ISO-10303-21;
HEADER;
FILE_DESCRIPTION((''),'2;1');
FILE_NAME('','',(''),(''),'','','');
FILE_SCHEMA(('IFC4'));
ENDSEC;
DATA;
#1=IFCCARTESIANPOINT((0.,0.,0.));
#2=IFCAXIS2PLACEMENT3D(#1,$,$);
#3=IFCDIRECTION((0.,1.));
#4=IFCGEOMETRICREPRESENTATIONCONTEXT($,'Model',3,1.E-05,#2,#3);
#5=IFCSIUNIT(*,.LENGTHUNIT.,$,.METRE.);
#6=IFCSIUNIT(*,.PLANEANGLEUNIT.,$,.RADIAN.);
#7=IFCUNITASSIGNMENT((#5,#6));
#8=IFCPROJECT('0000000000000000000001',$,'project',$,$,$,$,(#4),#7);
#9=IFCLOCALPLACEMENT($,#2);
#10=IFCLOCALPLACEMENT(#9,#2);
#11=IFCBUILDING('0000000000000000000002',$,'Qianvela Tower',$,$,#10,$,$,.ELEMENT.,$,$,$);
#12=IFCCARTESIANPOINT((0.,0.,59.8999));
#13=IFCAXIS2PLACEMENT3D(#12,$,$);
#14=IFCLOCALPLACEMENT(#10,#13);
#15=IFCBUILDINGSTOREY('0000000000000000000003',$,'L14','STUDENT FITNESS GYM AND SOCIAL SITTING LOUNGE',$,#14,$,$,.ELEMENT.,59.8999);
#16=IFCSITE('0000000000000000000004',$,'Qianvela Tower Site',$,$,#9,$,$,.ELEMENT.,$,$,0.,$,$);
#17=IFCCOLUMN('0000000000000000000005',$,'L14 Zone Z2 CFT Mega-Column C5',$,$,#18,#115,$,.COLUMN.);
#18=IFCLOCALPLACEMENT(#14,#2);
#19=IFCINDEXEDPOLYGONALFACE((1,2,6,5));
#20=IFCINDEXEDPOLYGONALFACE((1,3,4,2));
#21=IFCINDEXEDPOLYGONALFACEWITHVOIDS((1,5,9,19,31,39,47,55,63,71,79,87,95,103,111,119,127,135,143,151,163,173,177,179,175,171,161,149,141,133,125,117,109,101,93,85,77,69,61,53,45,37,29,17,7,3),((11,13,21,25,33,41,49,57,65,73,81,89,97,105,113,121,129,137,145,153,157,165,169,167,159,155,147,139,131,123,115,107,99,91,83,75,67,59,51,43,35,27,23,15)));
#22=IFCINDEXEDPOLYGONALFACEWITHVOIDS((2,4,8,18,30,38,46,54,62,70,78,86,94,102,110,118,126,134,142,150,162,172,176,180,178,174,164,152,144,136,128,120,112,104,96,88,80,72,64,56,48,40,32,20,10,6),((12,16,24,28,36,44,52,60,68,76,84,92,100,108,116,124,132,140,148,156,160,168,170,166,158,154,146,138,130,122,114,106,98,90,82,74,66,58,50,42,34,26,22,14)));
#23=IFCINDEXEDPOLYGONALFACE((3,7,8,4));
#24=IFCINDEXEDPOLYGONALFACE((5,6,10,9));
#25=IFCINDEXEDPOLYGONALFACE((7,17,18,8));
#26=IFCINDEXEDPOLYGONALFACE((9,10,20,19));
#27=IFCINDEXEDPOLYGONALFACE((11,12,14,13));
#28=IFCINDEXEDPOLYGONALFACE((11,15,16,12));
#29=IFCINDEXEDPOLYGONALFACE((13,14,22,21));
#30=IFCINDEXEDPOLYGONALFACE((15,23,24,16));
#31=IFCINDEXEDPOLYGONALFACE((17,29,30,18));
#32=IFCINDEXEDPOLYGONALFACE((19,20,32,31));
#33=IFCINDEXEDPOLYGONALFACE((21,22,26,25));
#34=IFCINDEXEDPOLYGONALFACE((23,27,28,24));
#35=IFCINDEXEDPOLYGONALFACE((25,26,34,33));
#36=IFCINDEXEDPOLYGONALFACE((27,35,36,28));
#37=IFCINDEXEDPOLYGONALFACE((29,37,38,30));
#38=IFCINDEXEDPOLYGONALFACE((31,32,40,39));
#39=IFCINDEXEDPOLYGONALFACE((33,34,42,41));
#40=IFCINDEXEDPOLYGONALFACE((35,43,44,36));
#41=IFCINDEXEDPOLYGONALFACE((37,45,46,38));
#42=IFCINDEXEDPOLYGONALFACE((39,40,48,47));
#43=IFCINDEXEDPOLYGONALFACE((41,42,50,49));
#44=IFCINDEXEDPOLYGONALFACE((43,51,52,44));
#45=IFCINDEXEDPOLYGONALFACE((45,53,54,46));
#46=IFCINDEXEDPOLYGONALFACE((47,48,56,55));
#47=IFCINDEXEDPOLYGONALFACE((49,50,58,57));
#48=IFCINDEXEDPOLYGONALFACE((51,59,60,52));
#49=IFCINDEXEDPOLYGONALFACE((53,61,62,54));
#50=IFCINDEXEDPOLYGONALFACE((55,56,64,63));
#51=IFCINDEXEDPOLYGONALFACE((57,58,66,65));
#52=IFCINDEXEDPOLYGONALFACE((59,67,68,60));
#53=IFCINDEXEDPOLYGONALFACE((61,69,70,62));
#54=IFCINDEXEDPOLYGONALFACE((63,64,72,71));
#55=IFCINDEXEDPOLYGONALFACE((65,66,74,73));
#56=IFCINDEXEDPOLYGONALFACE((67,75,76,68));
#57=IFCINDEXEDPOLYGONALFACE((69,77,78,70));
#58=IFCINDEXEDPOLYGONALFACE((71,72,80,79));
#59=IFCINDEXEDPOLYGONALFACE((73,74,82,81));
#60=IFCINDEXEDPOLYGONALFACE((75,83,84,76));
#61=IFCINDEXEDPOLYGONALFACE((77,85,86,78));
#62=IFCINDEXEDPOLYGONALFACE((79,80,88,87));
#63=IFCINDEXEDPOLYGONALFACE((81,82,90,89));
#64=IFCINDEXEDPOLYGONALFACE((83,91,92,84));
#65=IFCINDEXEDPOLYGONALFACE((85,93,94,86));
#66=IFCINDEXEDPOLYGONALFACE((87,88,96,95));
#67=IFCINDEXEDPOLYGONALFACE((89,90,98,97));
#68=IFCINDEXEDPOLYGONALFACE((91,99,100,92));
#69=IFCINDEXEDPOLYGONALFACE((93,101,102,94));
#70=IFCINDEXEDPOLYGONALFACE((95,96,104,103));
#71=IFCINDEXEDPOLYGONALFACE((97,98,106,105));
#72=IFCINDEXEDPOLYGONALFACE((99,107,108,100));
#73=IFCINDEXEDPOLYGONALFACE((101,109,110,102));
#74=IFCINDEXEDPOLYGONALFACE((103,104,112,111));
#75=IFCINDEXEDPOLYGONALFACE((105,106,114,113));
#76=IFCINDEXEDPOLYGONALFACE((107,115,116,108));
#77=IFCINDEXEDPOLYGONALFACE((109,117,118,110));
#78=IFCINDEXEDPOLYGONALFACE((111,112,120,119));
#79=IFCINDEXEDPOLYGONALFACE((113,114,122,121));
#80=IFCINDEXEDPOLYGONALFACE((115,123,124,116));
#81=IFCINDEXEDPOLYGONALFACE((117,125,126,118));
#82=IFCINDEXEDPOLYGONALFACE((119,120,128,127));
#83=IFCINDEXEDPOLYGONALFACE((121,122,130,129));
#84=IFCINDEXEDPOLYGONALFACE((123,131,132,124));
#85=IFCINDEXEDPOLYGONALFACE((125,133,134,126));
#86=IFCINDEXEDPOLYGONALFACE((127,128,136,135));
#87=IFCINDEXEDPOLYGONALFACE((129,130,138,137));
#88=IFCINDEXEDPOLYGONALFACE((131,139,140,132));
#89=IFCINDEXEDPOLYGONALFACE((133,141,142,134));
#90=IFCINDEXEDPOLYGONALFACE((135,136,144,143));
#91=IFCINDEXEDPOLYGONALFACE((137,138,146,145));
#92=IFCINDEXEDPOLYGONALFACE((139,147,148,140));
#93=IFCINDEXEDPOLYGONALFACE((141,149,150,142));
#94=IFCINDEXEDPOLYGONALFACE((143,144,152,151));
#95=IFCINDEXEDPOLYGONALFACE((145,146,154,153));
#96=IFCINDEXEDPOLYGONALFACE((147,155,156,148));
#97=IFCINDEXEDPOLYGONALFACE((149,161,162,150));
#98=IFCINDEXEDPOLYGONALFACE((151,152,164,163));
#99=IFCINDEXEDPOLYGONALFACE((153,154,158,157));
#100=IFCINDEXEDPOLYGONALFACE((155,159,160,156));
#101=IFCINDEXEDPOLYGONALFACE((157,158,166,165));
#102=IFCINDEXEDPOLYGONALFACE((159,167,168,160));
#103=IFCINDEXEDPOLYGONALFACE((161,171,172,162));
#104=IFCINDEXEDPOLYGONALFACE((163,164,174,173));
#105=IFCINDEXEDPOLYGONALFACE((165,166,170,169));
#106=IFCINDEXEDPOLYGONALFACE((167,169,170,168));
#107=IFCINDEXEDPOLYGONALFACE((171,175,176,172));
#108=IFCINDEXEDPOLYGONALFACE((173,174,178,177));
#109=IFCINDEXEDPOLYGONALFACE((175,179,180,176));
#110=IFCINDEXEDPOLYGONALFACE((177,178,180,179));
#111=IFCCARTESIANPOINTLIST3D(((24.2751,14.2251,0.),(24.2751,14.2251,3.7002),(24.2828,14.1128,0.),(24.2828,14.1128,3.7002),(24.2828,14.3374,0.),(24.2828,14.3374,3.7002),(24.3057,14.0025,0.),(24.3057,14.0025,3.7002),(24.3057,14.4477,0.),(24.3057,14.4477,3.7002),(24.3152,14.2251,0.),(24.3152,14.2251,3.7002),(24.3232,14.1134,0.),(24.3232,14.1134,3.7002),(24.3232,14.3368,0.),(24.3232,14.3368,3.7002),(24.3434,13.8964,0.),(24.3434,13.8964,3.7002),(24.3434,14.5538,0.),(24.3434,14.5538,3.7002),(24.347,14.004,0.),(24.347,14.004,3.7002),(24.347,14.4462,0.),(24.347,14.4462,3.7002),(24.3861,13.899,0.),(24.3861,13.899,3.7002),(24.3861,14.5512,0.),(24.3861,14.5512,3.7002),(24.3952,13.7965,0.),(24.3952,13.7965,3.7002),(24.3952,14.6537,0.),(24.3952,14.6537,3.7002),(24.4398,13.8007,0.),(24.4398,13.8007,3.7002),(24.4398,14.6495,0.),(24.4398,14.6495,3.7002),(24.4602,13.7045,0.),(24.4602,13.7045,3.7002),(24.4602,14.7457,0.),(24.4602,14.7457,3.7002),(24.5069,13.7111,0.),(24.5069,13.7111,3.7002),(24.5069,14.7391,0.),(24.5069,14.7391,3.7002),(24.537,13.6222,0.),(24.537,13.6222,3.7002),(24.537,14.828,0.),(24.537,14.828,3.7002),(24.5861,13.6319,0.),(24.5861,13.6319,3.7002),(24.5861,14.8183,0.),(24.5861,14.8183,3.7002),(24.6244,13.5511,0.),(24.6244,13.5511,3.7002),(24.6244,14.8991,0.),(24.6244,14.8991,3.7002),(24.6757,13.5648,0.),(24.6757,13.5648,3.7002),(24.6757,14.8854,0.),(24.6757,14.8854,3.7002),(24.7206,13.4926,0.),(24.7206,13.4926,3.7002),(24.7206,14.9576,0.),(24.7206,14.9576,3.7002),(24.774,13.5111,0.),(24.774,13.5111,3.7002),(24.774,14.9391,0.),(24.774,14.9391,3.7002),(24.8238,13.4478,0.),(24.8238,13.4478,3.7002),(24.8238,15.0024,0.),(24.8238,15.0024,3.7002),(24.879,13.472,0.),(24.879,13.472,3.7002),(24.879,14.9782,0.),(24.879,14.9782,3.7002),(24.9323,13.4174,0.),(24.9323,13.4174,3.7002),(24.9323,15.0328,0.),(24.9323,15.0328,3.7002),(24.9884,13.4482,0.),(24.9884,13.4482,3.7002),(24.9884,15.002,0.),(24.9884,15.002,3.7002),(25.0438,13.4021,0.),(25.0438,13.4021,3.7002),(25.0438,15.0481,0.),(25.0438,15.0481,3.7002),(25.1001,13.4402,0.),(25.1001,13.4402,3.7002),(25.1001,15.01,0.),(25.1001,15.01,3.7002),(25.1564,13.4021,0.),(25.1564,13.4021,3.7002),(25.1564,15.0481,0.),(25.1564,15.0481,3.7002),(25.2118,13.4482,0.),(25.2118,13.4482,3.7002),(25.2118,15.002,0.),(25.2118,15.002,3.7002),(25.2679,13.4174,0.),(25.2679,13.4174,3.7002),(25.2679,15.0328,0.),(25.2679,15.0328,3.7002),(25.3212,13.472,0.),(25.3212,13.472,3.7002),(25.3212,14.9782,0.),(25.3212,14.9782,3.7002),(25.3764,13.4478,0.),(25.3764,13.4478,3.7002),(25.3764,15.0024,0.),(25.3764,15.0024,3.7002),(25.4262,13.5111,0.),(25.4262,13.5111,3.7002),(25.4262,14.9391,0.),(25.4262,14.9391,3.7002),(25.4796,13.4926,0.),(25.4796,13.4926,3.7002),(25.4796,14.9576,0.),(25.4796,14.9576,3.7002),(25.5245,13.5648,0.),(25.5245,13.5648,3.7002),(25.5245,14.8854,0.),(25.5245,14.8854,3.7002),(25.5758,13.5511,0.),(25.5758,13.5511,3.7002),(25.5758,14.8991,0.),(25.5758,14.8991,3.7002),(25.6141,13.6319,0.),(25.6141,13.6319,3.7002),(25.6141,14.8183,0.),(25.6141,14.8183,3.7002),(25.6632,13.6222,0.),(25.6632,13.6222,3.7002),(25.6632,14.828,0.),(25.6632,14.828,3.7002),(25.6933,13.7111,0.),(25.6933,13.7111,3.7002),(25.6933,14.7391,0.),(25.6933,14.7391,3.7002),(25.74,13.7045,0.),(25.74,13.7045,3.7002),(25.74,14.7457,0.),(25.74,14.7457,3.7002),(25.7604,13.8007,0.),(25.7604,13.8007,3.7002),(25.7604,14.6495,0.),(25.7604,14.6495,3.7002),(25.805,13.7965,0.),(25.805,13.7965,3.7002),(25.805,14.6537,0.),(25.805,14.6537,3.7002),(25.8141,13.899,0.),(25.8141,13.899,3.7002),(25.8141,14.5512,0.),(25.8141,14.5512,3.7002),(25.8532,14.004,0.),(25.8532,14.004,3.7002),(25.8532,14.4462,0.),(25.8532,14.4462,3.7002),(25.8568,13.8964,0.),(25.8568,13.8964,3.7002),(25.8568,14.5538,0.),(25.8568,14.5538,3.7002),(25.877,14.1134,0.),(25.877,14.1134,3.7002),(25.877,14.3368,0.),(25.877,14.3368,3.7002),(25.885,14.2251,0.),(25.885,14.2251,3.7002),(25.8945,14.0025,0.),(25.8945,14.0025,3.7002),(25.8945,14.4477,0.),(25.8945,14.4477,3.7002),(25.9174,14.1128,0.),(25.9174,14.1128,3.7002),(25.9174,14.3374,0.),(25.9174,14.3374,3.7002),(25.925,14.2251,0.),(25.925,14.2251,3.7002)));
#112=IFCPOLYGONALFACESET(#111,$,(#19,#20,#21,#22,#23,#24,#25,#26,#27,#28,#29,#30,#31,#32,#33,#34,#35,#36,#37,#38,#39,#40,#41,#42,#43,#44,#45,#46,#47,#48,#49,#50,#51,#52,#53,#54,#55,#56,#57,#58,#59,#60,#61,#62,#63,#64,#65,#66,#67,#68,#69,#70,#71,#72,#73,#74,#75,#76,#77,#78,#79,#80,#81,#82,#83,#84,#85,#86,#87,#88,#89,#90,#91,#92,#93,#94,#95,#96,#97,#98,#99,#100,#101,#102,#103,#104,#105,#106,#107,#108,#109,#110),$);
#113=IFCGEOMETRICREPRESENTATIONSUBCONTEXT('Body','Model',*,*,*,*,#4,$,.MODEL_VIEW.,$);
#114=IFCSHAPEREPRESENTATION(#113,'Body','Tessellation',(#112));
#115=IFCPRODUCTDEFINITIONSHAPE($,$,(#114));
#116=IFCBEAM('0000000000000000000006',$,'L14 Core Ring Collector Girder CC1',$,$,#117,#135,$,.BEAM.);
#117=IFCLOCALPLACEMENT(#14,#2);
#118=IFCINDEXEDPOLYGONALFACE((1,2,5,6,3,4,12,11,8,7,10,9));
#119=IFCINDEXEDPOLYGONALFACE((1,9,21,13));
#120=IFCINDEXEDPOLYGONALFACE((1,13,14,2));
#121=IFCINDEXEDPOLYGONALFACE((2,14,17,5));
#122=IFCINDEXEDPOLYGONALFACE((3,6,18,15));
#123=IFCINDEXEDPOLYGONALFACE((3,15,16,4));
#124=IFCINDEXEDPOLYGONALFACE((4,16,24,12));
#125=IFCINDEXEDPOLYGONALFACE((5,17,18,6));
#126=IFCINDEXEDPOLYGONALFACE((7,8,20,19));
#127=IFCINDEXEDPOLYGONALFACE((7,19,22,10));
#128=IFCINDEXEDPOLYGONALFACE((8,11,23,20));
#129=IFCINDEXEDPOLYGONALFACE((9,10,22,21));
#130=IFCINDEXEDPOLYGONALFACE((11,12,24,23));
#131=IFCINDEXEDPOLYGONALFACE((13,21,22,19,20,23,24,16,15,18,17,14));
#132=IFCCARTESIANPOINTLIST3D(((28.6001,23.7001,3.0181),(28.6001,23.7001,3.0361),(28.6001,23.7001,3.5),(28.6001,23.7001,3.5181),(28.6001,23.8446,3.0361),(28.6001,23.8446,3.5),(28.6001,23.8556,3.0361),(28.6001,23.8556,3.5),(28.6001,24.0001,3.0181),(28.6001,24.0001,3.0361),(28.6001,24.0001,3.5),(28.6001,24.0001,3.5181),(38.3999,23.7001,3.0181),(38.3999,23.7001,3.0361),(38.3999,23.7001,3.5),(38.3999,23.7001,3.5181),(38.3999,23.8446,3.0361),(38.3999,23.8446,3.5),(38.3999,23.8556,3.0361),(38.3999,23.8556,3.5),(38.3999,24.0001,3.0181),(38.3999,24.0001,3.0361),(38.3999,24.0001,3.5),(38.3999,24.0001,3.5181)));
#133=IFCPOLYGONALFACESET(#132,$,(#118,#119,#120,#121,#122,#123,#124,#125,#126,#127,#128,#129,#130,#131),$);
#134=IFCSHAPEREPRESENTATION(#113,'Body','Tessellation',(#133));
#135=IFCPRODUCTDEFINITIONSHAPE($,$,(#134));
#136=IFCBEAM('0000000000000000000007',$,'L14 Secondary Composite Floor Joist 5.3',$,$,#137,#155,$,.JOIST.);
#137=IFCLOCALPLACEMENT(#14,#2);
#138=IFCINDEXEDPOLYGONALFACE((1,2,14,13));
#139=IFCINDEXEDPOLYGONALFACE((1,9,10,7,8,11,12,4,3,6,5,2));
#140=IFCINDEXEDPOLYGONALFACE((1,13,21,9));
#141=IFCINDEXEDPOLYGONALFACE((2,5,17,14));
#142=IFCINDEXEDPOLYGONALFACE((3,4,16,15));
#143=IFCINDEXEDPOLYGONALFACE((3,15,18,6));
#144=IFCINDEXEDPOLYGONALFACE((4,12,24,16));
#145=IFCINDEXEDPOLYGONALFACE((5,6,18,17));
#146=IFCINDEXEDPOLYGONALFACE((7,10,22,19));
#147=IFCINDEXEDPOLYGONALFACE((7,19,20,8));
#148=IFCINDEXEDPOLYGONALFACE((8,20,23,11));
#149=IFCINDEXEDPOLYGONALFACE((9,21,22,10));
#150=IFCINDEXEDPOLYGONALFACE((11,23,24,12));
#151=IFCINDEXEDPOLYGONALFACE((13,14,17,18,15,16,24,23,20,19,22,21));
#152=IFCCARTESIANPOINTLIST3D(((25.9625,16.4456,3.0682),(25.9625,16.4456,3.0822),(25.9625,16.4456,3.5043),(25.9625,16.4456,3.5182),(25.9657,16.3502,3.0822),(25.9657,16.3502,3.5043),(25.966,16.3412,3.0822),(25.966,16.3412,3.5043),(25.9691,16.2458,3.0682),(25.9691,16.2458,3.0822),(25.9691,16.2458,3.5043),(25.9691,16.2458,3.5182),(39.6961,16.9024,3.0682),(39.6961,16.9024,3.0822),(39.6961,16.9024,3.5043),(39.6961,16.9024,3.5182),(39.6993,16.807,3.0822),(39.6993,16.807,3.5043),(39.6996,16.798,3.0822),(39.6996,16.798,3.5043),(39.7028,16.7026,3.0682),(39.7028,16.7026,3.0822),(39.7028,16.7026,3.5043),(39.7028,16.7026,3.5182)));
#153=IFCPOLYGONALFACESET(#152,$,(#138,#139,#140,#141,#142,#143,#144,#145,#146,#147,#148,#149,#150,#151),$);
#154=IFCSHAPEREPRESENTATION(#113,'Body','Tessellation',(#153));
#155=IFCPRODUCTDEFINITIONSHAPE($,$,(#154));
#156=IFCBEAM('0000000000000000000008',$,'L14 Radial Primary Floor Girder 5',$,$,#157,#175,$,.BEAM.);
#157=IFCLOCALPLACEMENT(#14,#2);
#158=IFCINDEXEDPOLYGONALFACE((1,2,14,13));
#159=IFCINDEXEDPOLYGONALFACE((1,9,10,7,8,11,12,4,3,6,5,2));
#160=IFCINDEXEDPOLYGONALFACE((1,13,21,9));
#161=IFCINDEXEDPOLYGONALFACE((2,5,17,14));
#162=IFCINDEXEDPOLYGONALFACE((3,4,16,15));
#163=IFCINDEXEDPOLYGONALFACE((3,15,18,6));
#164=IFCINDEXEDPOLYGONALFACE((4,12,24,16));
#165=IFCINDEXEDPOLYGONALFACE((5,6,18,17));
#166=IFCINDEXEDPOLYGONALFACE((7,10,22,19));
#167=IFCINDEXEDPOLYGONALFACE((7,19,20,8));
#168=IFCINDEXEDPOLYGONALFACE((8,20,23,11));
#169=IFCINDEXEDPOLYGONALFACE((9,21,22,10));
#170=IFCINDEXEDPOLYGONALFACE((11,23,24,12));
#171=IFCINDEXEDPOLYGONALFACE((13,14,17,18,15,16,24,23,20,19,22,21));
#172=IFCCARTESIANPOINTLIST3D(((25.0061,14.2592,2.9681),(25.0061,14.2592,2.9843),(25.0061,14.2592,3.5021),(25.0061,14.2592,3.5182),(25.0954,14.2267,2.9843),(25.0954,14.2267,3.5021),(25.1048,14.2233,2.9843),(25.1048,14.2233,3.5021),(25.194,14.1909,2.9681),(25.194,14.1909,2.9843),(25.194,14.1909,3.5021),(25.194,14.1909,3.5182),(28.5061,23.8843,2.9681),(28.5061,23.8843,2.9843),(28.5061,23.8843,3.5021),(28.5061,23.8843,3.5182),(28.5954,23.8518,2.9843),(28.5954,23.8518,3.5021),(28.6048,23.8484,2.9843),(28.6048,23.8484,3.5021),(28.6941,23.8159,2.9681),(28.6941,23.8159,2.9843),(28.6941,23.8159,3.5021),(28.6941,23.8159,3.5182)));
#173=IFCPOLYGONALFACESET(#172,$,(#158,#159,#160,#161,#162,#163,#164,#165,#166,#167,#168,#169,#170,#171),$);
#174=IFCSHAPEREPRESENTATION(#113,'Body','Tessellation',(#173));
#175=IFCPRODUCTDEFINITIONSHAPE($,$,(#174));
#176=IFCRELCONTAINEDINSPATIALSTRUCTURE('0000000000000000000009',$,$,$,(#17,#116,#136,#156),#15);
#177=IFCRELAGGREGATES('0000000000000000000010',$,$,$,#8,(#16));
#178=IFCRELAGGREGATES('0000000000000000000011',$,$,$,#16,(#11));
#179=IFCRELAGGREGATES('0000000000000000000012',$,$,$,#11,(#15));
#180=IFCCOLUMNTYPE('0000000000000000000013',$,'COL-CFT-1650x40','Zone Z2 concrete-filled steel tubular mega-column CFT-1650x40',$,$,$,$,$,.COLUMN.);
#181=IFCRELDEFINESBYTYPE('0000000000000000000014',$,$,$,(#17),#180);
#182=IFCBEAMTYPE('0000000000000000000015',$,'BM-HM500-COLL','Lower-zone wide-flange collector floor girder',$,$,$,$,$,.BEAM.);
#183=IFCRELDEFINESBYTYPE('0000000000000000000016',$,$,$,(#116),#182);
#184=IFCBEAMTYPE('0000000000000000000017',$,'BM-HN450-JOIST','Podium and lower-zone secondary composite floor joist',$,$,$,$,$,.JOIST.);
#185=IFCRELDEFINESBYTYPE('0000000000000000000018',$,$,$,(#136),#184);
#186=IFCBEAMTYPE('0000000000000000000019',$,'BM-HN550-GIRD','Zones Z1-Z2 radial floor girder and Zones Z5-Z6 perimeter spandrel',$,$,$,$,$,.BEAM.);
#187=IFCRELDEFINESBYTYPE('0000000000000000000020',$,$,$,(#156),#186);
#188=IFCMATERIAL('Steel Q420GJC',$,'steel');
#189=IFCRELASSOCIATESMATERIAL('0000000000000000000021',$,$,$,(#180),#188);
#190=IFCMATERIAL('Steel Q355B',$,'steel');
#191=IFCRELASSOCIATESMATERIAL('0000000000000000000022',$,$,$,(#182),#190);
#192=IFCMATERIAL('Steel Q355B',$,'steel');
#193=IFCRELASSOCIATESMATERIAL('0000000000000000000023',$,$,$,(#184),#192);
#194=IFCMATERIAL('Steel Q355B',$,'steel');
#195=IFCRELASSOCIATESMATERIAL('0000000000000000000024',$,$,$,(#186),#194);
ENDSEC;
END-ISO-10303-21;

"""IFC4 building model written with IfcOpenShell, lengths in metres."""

from ifc_helpers import new_model, si_unit, direction, frame, origin, origin_2d, place, context, subcontext, project, spatial, hollow_circle, i_section, extrude, material, material_profile, profile_set, type_object, element, save


model = new_model("IFC4")

# Units and contexts
model_context = context("Model", 3, precision=1e-05, world=origin(), true_north=direction((0.0, 1.0)))
body_context = subcontext(model_context, "Body", "Model", "MODEL_VIEW")
ifc_project = project(units=[si_unit("LENGTHUNIT", "METRE"), si_unit("PLANEANGLEUNIT", "RADIAN")], contexts=[model_context])

# Site, building, storey
site_placement = place(None, origin())
site = spatial("IfcSite", under=ifc_project, at=site_placement, Name="Qianvela Tower Site", CompositionType="ELEMENT", RefElevation=0.0)
building_placement = place(site_placement, origin())
building = spatial("IfcBuilding", under=site, at=building_placement, Name="Qianvela Tower", CompositionType="ELEMENT")
storey_placement = place(building_placement, frame((0.0, 0.0, 59.8999)))
storey = spatial("IfcBuildingStorey", under=building, at=storey_placement, Name="L14", Description="STUDENT FITNESS GYM AND SOCIAL SITTING LOUNGE", CompositionType="ELEMENT", Elevation=59.8999)

# Column
ifc_material_1 = material(Name="Steel Q420GJC", Category="steel")
ifc_material_profile_1 = material_profile(ifc_material_1, hollow_circle(Radius=0.825, WallThickness=0.04, at=origin_2d()), Name="CFT-1650x40")
ifc_profile_set_1 = profile_set([ifc_material_profile_1], Name="Steel Q420GJC")
column_type = type_object("IfcColumnType", Name="COL-CFT-1650x40", Description="Zone Z2 concrete-filled steel tubular mega-column CFT-1650x40", PredefinedType="COLUMN", material=ifc_profile_set_1)
for number, where, z_axis, x_axis, name in (
    (1, (25.1001, 14.2251, 0.0), (0.0, 0.0, 1.0), (1.0, 0.0, 0.0), "L14 Zone Z2 CFT Mega-Column C5"),
):
    element("IfcColumn", number, at=place(storey_placement, frame(where, z_axis=z_axis, x_axis=x_axis)), inside=storey, type_object=column_type, Name=name, PredefinedType="COLUMN", context=body_context, shape_type="SweptSolid", body=[
        extrude(hollow_circle(Radius=0.825, WallThickness=0.04, at=origin_2d()), origin(), (0.0, 0.0, 1.0), 3.7002),
    ])

# Beams
ifc_material_2 = material(Name="Steel Q355B", Category="steel")
ifc_material_profile_2 = material_profile(ifc_material_2, i_section(OverallWidth=0.3, OverallDepth=0.5, WebThickness=0.011, FlangeThickness=0.0181, at=origin_2d()), Name="HM500x300x11x18")
ifc_profile_set_2 = profile_set([ifc_material_profile_2], Name="Steel Q355B")
beam_type_1 = type_object("IfcBeamType", Name="BM-HM500-COLL", Description="Lower-zone wide-flange collector floor girder", PredefinedType="BEAM", material=ifc_profile_set_2)
beam_1_placement = place(storey_placement, frame((28.6001, 23.8501, 3.2681), z_axis=(1.0, 0.0, 0.0), x_axis=(0.0, 1.0, 0.0)))
element("IfcBeam", 2, at=beam_1_placement, inside=storey, type_object=beam_type_1, Name="L14 Core Ring Collector Girder CC1", PredefinedType="BEAM", context=body_context, shape_type="SweptSolid", body=[
    extrude(i_section(OverallWidth=0.3, OverallDepth=0.5, WebThickness=0.011, FlangeThickness=0.0181, at=origin_2d()), origin(), (0.0, 0.0, 1.0), 9.7998),
])
ifc_material_3 = material(Name="Steel Q355B", Category="steel")
ifc_material_profile_3 = material_profile(ifc_material_3, i_section(OverallWidth=0.2, OverallDepth=0.45, WebThickness=0.009, FlangeThickness=0.0139, at=origin_2d()), Name="HN450x200x9x14")
ifc_profile_set_3 = profile_set([ifc_material_profile_3], Name="Steel Q355B")
beam_type_2 = type_object("IfcBeamType", Name="BM-HN450-JOIST", Description="Podium and lower-zone secondary composite floor joist", PredefinedType="JOIST", material=ifc_profile_set_3)
beam_2_placement = place(storey_placement, frame((25.9658, 16.3457, 3.2932), z_axis=(0.999447, 0.033242, 0.0), x_axis=(-0.033242, 0.999447, 0.0)))
element("IfcBeam", 3, at=beam_2_placement, inside=storey, type_object=beam_type_2, Name="L14 Secondary Composite Floor Joist 5.3", PredefinedType="JOIST", context=body_context, shape_type="SweptSolid", body=[
    extrude(i_section(OverallWidth=0.2, OverallDepth=0.45, WebThickness=0.009, FlangeThickness=0.0139, at=origin_2d()), origin(), (0.0, 0.0, 1.0), 13.7412),
])
ifc_material_4 = material(Name="Steel Q355B", Category="steel")
ifc_material_profile_4 = material_profile(ifc_material_4, i_section(OverallWidth=0.2, OverallDepth=0.55, WebThickness=0.01, FlangeThickness=0.0161, at=origin_2d()), Name="HN550x200x10x16")
ifc_profile_set_4 = profile_set([ifc_material_profile_4], Name="Steel Q355B")
beam_type_3 = type_object("IfcBeamType", Name="BM-HN550-GIRD", Description="Zones Z1-Z2 radial floor girder and Zones Z5-Z6 perimeter spandrel", PredefinedType="BEAM", material=ifc_profile_set_4)
beam_3_placement = place(storey_placement, frame((28.6001, 23.8501, 3.2432), z_axis=(-0.341743, -0.939793, 0.0), x_axis=(0.939793, -0.341743, 0.0)))
element("IfcBeam", 4, at=beam_3_placement, inside=storey, type_object=beam_type_3, Name="L14 Radial Primary Floor Girder 5", PredefinedType="BEAM", context=body_context, shape_type="SweptSolid", body=[
    extrude(i_section(OverallWidth=0.2, OverallDepth=0.55, WebThickness=0.01, FlangeThickness=0.0161, at=origin_2d()), origin(), (0.0, 0.0, 1.0), 10.2417),
])

save(model, "model.ifc")
